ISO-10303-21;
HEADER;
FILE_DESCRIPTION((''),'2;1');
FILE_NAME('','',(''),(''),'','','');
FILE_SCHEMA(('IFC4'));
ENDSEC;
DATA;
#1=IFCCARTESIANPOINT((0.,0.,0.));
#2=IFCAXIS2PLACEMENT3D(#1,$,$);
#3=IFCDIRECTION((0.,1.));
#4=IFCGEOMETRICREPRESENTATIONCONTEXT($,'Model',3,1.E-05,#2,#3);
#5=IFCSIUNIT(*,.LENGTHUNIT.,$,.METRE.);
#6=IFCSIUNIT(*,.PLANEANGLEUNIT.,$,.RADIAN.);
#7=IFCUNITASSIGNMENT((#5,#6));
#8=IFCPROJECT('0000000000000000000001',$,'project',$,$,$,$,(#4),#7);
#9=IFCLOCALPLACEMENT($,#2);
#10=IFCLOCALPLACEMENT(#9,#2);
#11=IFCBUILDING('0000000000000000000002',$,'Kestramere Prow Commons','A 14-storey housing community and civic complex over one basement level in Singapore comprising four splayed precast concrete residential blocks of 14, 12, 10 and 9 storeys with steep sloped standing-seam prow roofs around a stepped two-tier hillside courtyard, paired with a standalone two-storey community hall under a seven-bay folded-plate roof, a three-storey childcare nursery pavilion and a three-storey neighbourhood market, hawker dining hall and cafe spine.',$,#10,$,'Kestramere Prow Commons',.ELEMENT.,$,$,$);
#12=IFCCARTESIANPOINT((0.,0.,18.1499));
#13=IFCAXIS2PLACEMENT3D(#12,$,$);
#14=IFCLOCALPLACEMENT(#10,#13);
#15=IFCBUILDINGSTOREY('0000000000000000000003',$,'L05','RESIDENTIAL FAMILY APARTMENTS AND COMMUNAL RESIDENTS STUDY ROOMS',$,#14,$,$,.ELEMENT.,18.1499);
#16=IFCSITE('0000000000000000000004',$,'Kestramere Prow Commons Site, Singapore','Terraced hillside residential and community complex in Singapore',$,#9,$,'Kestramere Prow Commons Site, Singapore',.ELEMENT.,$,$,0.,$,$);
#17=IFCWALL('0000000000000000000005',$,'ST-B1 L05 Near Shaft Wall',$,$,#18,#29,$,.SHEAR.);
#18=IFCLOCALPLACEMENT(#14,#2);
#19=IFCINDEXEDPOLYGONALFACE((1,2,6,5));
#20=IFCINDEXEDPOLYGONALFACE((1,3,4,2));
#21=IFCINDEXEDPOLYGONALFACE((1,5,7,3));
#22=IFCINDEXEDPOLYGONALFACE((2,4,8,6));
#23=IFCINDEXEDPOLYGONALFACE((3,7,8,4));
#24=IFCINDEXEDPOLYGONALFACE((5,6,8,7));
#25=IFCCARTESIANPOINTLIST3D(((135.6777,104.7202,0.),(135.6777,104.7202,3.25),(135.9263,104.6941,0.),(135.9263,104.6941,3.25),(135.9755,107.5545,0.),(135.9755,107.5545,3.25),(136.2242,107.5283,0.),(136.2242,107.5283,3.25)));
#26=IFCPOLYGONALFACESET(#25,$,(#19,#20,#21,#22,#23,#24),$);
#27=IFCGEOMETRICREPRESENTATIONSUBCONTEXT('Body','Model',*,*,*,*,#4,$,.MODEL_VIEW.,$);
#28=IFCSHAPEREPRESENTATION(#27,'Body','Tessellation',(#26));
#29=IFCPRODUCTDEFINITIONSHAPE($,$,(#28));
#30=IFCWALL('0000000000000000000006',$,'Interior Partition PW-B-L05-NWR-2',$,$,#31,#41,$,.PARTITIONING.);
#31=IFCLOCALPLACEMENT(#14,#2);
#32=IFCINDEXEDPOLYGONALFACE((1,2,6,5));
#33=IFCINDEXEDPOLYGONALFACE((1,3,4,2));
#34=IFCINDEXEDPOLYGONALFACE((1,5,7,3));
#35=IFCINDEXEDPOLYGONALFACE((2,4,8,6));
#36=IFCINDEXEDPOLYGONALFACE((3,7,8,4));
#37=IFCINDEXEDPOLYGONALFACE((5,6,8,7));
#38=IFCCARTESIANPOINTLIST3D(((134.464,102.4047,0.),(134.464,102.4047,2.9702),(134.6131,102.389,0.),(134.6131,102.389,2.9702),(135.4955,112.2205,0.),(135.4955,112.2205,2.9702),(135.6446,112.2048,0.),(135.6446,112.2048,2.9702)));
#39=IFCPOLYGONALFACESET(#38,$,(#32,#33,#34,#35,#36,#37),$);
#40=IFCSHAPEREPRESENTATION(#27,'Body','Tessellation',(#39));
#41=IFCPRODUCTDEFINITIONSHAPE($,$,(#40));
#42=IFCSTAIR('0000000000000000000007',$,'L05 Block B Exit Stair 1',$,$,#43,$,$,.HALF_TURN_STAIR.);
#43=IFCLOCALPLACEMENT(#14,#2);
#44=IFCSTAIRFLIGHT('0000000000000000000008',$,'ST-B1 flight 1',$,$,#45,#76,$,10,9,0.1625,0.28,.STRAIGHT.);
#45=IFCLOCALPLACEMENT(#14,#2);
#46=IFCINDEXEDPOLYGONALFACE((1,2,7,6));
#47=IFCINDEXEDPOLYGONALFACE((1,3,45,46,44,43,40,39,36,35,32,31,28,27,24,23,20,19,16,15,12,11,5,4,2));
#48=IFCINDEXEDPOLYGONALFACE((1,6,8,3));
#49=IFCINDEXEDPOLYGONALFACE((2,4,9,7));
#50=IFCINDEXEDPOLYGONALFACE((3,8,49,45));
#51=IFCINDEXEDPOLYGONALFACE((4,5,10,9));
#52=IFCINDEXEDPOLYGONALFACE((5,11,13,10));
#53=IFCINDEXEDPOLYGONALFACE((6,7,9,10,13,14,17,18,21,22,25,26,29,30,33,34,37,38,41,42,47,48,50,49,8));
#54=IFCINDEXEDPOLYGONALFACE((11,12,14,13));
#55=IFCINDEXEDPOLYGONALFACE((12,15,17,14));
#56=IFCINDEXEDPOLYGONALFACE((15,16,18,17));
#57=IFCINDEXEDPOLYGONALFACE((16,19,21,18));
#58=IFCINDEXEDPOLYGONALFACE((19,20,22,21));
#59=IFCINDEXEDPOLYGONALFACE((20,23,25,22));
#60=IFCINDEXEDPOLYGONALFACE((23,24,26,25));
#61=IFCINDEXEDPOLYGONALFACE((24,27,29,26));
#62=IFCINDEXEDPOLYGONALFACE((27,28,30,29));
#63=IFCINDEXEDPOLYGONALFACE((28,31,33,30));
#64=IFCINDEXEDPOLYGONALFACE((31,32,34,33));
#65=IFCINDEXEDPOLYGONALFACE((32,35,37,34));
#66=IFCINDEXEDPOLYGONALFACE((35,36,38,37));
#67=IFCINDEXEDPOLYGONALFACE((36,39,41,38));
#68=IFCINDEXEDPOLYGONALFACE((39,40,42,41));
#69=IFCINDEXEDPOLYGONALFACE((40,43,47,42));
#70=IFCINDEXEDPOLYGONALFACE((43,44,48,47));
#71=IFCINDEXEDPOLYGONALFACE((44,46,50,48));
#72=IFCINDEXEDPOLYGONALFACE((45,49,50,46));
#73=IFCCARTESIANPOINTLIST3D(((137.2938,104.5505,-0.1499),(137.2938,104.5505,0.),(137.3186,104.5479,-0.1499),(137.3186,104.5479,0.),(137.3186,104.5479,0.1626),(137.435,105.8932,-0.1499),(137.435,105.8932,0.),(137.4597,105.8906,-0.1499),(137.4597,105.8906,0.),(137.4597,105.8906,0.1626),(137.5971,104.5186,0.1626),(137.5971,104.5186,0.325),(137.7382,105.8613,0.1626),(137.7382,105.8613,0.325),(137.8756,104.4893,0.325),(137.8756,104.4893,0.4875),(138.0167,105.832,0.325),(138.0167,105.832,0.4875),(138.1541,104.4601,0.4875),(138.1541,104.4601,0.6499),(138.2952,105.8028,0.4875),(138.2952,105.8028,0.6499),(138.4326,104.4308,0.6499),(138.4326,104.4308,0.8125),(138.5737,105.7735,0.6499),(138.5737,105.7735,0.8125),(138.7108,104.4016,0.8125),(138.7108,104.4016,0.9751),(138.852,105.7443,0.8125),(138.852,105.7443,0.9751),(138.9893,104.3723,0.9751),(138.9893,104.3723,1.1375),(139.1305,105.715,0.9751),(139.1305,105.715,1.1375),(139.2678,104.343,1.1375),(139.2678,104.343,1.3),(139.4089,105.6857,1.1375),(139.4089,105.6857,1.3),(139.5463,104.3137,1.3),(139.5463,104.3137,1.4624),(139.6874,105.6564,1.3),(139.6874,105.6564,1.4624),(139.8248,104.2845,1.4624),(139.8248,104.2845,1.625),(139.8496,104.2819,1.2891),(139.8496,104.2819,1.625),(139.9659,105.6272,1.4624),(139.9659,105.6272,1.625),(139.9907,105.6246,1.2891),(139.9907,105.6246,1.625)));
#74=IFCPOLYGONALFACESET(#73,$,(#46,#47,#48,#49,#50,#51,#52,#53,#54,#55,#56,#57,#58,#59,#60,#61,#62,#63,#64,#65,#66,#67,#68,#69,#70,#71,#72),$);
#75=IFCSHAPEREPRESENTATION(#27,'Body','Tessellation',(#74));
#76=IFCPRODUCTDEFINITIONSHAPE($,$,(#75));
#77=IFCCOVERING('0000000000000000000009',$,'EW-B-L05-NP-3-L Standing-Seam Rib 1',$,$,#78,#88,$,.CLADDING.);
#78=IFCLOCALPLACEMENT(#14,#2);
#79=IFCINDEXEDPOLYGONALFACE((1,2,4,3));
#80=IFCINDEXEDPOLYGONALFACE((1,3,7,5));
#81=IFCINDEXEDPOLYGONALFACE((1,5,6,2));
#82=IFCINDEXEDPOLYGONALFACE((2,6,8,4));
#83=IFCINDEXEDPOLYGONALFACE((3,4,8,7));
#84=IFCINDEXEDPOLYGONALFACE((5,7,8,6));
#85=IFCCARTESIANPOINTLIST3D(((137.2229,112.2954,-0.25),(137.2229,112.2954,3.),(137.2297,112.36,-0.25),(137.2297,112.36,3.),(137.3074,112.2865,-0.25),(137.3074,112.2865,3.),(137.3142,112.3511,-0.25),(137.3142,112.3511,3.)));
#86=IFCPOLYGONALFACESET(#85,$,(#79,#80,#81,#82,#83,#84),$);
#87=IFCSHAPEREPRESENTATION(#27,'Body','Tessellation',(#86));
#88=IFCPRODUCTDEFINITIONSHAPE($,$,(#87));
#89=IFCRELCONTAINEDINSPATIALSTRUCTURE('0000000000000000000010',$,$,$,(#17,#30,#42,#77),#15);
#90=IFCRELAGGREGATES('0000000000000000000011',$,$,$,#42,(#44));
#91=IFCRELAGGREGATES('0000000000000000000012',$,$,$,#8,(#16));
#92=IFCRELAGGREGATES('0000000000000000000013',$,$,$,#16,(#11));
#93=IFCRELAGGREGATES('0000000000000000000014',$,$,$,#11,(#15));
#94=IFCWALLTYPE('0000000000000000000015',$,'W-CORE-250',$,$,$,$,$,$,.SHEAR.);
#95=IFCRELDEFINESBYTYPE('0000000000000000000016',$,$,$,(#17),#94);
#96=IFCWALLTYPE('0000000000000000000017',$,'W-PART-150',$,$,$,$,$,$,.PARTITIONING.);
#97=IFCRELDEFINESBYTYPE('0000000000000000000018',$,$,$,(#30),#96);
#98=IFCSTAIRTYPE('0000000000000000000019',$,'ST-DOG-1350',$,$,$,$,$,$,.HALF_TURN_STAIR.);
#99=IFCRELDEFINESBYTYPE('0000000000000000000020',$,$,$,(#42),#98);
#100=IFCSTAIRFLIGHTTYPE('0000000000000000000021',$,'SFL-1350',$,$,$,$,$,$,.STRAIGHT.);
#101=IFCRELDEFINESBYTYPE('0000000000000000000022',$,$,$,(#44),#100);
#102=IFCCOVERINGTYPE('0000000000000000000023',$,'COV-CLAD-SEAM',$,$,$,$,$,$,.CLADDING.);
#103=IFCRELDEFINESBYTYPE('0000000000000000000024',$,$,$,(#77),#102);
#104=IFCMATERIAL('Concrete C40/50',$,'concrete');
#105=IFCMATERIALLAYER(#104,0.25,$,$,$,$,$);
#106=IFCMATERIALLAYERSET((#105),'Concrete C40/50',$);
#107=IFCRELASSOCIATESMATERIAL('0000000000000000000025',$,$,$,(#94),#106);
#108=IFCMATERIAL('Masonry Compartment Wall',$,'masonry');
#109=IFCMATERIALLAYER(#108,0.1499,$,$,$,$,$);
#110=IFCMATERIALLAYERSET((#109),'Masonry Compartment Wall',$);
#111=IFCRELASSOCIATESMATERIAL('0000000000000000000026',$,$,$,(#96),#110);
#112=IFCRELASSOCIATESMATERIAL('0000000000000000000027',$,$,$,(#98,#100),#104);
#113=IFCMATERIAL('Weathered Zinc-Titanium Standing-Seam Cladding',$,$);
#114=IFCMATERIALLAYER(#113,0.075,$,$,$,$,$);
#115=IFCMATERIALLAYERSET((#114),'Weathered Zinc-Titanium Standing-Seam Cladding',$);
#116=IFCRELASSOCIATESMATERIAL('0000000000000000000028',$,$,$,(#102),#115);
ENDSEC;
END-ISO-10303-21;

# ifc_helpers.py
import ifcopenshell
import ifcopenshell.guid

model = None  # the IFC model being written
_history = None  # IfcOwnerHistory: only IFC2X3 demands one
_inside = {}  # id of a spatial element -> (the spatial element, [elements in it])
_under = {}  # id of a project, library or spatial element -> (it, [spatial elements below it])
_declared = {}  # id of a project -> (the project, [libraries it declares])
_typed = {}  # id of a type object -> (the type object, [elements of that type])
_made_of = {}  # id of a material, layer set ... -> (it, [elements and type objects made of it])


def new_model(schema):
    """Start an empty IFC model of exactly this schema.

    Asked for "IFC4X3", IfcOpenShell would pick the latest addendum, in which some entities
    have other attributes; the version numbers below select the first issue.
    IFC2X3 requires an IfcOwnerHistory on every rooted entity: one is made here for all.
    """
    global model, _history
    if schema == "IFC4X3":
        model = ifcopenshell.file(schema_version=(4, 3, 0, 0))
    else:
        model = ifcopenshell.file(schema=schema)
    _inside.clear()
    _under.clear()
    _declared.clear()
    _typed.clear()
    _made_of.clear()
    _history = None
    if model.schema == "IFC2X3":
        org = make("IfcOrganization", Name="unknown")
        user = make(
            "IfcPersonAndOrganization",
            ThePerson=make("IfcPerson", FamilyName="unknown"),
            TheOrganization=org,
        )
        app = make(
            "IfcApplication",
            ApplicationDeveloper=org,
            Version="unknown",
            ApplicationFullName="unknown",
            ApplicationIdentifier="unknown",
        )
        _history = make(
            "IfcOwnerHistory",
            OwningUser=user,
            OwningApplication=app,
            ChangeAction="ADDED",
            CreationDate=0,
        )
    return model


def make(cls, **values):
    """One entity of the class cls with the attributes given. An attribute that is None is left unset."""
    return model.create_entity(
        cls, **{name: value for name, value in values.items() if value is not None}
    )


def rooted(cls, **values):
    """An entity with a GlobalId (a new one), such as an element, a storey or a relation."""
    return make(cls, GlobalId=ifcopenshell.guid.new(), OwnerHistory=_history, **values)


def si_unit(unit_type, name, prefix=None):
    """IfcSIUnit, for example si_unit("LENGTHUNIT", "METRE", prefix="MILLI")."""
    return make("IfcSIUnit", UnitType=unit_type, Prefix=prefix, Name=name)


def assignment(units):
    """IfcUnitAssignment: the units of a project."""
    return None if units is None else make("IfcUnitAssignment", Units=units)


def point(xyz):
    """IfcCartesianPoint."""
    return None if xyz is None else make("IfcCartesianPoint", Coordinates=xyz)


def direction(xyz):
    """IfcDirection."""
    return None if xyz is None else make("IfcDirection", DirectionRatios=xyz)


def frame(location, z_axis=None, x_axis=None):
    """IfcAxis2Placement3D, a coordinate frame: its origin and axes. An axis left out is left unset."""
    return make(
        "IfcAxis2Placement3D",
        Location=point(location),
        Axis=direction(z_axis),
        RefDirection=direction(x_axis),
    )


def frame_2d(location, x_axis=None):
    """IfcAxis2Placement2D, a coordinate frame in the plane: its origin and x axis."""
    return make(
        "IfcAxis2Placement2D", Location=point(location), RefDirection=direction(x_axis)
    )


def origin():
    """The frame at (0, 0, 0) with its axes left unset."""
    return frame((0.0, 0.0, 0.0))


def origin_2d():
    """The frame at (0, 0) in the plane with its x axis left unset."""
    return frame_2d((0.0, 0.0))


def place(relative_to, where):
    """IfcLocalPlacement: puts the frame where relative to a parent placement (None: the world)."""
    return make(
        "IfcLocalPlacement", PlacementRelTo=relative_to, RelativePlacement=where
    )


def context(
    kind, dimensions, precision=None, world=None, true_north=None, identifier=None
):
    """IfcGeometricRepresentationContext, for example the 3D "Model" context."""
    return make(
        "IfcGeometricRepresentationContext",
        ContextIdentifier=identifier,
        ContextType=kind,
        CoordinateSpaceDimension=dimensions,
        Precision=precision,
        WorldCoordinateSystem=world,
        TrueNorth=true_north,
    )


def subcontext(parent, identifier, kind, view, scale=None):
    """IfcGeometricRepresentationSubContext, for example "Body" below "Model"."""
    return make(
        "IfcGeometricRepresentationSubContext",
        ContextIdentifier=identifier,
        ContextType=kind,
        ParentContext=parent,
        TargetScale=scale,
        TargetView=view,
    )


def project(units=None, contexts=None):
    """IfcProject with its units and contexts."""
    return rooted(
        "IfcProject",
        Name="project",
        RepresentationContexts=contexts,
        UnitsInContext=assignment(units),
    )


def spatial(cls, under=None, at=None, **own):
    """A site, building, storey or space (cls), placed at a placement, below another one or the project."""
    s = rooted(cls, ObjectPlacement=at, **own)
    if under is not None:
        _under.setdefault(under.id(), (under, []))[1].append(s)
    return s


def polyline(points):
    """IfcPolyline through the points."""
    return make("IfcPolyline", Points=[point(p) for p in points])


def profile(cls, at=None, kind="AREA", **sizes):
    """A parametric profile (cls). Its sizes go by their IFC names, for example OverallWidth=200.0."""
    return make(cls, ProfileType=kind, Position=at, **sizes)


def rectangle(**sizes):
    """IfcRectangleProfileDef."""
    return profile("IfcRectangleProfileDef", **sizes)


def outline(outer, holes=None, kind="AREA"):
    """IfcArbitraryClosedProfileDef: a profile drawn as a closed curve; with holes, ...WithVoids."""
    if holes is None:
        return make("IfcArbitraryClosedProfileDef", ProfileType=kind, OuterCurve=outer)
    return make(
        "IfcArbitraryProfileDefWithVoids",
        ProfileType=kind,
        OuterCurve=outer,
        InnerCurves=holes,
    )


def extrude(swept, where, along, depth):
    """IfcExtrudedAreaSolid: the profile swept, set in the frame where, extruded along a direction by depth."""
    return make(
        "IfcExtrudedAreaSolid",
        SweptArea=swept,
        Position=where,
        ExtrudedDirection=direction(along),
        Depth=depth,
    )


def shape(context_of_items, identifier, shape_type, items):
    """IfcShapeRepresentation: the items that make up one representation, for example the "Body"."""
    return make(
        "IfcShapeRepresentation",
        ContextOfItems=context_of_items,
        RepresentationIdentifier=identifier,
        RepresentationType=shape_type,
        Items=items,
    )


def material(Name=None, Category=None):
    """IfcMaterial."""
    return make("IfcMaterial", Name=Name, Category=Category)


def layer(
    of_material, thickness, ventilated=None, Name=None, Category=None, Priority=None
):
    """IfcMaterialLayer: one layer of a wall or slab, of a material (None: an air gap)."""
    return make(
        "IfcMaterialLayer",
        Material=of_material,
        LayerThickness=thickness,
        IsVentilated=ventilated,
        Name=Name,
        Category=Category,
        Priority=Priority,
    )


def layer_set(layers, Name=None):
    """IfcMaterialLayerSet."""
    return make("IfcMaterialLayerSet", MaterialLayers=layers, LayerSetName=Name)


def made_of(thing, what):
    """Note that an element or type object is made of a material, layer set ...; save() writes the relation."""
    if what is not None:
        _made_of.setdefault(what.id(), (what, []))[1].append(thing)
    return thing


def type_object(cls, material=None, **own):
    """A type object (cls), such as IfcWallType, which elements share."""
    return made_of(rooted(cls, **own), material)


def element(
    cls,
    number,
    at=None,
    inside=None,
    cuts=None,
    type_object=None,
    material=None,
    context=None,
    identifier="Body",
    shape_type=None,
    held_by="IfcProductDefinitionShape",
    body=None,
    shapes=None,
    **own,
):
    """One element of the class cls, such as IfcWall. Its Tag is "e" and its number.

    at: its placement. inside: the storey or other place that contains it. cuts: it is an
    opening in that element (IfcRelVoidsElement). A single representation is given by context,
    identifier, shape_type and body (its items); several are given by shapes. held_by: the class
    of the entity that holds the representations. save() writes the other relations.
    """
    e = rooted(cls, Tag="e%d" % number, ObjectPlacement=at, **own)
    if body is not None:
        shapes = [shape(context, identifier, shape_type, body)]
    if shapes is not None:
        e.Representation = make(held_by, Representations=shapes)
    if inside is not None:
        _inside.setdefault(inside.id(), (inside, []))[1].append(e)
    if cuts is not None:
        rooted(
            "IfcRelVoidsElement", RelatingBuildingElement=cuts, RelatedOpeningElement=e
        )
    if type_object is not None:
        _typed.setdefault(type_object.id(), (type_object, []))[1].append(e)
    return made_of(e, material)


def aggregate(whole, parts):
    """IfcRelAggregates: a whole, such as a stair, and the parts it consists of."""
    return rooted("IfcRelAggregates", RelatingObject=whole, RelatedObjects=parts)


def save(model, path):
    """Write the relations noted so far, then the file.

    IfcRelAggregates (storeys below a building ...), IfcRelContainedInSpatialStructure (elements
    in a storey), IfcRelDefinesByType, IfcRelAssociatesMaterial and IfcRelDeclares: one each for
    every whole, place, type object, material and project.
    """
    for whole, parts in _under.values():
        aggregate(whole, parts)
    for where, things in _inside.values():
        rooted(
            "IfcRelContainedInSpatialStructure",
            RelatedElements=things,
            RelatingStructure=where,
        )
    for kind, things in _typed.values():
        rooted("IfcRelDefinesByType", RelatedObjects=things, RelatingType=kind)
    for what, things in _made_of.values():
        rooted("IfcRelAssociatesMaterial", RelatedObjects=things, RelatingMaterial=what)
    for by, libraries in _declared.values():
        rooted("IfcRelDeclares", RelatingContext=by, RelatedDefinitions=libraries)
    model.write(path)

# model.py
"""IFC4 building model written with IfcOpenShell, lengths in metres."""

from ifc_helpers import new_model, si_unit, direction, frame, frame_2d, origin, origin_2d, place, context, subcontext, project, spatial, polyline, rectangle, outline, extrude, material, layer, layer_set, type_object, element, aggregate, save


model = new_model("IFC4")

# Units and contexts
model_context = context("Model", 3, precision=1e-05, world=origin(), true_north=direction((0.0, 1.0)))
body_context = subcontext(model_context, "Body", "Model", "MODEL_VIEW")
ifc_project = project(units=[si_unit("LENGTHUNIT", "METRE"), si_unit("PLANEANGLEUNIT", "RADIAN")], contexts=[model_context])

# Site, building, storey
site_placement = place(None, origin())
site = spatial("IfcSite", under=ifc_project, at=site_placement, Name="Kestramere Prow Commons Site, Singapore", Description="Terraced hillside residential and community complex in Singapore", LongName="Kestramere Prow Commons Site, Singapore", CompositionType="ELEMENT", RefElevation=0.0)
building_placement = place(site_placement, origin())
building = spatial("IfcBuilding", under=site, at=building_placement, Name="Kestramere Prow Commons", Description="A 14-storey housing community and civic complex over one basement level in Singapore comprising four splayed precast concrete residential blocks of 14, 12, 10 and 9 storeys with steep sloped standing-seam prow roofs around a stepped two-tier hillside courtyard, paired with a standalone two-storey community hall under a seven-bay folded-plate roof, a three-storey childcare nursery pavilion and a three-storey neighbourhood market, hawker dining hall and cafe spine.", LongName="Kestramere Prow Commons", CompositionType="ELEMENT")
storey_placement = place(building_placement, frame((0.0, 0.0, 18.1499)))
storey = spatial("IfcBuildingStorey", under=building, at=storey_placement, Name="L05", Description="RESIDENTIAL FAMILY APARTMENTS AND COMMUNAL RESIDENTS STUDY ROOMS", CompositionType="ELEMENT", Elevation=18.1499)

# Shared definitions
ifc_material_1 = material(Name="Concrete C40/50", Category="concrete")
ifc_layer_1 = layer(ifc_material_1, 0.25)
ifc_layer_set_1 = layer_set([ifc_layer_1], Name="Concrete C40/50")
wall_type_1 = type_object("IfcWallType", Name="W-CORE-250", PredefinedType="SHEAR", material=ifc_layer_set_1)

# Walls
wall_1_placement = place(storey_placement, frame((135.802, 104.7073, 0.0), z_axis=(0.0, 0.0, 1.0), x_axis=(0.104515, 0.994523, 0.0)))
element("IfcWall", 1, at=wall_1_placement, inside=storey, type_object=wall_type_1, Name="ST-B1 L05 Near Shaft Wall", PredefinedType="SHEAR", context=body_context, shape_type="SweptSolid", body=[
    extrude(rectangle(XDim=2.8499, YDim=0.25, at=frame_2d((1.4248, 0.0))), origin(), (0.0, 0.0, 1.0), 3.25),
])
ifc_material_2 = material(Name="Masonry Compartment Wall", Category="masonry")
ifc_layer_2 = layer(ifc_material_2, 0.1499)
ifc_layer_set_2 = layer_set([ifc_layer_2], Name="Masonry Compartment Wall")
wall_type_2 = type_object("IfcWallType", Name="W-PART-150", PredefinedType="PARTITIONING", material=ifc_layer_set_2)
wall_2_placement = place(storey_placement, frame((134.5386, 102.3967, 0.0), z_axis=(0.0, 0.0, 1.0), x_axis=(0.104508, 0.994524, 0.0)))
element("IfcWall", 2, at=wall_2_placement, inside=storey, type_object=wall_type_2, Name="Interior Partition PW-B-L05-NWR-2", PredefinedType="PARTITIONING", context=body_context, shape_type="SweptSolid", body=[
    extrude(rectangle(XDim=9.8699, YDim=0.1499, at=frame_2d((4.9351, 0.0))), origin(), (0.0, 0.0, 1.0), 2.9702),
])

# Stair, stair flight
stair_type = type_object("IfcStairType", Name="ST-DOG-1350", PredefinedType="HALF_TURN_STAIR", material=ifc_material_1)
stair_placement = place(storey_placement, origin())
stair = element("IfcStair", 3, at=stair_placement, inside=storey, type_object=stair_type, Name="L05 Block B Exit Stair 1", PredefinedType="HALF_TURN_STAIR")
stair_flight_type = type_object("IfcStairFlightType", Name="SFL-1350", PredefinedType="STRAIGHT", material=ifc_material_1)
stair_flight_placement = place(storey_placement, frame((137.3892, 105.2192, 0.0), z_axis=(0.0, 0.0, 1.0), x_axis=(0.994522, -0.104528, 0.0)))
stair_flight = element("IfcStairFlight", 4, at=stair_flight_placement, type_object=stair_flight_type, Name="ST-B1 flight 1", NumberOfRisers=10, NumberOfTreads=9, PredefinedType="STRAIGHT", RiserHeight=0.1625, TreadLength=0.28, context=body_context, shape_type="SweptSolid", body=[
    extrude(outline(polyline([(-0.0249, 0.0), (0.0, 0.0), (0.0, 0.1626), (0.28, 0.1626), (0.28, 0.325), (0.5601, 0.325), (0.5601, 0.4875), (0.8401, 0.4875), (0.8401, 0.6499), (1.1201, 0.6499), (1.1201, 0.8125), (1.3999, 0.8125), (1.3999, 0.9751), (1.6799, 0.9751), (1.6799, 1.1375), (1.96, 1.1375), (1.96, 1.3), (2.24, 1.3), (2.24, 1.4624), (2.52, 1.4624), (2.52, 1.625), (2.5449, 1.625), (2.5449, 1.2891), (0.0, -0.1499), (-0.0249, -0.1499), (-0.0249, 0.0)])), frame((0.0, 0.675, 0.0), z_axis=(0.0, -1.0, 0.0), x_axis=(1.0, 0.0, 0.0)), (0.0, 0.0, 1.0), 1.3501),
])
aggregate(stair, [stair_flight])

# Covering
ifc_material_3 = material(Name="Weathered Zinc-Titanium Standing-Seam Cladding")
ifc_layer_3 = layer(ifc_material_3, 0.075)
ifc_layer_set_3 = layer_set([ifc_layer_3], Name="Weathered Zinc-Titanium Standing-Seam Cladding")
covering_type = type_object("IfcCoveringType", Name="COV-CLAD-SEAM", PredefinedType="CLADDING", material=ifc_layer_set_3)
covering_placement = place(storey_placement, frame((137.2686, 112.3232, -0.25), z_axis=(0.0, 0.0, 1.0), x_axis=(0.994522, -0.104528, 0.0)))
element("IfcCovering", 5, at=covering_placement, inside=storey, type_object=covering_type, Name="EW-B-L05-NP-3-L Standing-Seam Rib 1", PredefinedType="CLADDING", context=body_context, shape_type="SweptSolid", body=[
    extrude(rectangle(XDim=0.085, YDim=0.0649, at=origin_2d()), origin(), (0.0, 0.0, 1.0), 3.25),
])

save(model, "model.ifc")
